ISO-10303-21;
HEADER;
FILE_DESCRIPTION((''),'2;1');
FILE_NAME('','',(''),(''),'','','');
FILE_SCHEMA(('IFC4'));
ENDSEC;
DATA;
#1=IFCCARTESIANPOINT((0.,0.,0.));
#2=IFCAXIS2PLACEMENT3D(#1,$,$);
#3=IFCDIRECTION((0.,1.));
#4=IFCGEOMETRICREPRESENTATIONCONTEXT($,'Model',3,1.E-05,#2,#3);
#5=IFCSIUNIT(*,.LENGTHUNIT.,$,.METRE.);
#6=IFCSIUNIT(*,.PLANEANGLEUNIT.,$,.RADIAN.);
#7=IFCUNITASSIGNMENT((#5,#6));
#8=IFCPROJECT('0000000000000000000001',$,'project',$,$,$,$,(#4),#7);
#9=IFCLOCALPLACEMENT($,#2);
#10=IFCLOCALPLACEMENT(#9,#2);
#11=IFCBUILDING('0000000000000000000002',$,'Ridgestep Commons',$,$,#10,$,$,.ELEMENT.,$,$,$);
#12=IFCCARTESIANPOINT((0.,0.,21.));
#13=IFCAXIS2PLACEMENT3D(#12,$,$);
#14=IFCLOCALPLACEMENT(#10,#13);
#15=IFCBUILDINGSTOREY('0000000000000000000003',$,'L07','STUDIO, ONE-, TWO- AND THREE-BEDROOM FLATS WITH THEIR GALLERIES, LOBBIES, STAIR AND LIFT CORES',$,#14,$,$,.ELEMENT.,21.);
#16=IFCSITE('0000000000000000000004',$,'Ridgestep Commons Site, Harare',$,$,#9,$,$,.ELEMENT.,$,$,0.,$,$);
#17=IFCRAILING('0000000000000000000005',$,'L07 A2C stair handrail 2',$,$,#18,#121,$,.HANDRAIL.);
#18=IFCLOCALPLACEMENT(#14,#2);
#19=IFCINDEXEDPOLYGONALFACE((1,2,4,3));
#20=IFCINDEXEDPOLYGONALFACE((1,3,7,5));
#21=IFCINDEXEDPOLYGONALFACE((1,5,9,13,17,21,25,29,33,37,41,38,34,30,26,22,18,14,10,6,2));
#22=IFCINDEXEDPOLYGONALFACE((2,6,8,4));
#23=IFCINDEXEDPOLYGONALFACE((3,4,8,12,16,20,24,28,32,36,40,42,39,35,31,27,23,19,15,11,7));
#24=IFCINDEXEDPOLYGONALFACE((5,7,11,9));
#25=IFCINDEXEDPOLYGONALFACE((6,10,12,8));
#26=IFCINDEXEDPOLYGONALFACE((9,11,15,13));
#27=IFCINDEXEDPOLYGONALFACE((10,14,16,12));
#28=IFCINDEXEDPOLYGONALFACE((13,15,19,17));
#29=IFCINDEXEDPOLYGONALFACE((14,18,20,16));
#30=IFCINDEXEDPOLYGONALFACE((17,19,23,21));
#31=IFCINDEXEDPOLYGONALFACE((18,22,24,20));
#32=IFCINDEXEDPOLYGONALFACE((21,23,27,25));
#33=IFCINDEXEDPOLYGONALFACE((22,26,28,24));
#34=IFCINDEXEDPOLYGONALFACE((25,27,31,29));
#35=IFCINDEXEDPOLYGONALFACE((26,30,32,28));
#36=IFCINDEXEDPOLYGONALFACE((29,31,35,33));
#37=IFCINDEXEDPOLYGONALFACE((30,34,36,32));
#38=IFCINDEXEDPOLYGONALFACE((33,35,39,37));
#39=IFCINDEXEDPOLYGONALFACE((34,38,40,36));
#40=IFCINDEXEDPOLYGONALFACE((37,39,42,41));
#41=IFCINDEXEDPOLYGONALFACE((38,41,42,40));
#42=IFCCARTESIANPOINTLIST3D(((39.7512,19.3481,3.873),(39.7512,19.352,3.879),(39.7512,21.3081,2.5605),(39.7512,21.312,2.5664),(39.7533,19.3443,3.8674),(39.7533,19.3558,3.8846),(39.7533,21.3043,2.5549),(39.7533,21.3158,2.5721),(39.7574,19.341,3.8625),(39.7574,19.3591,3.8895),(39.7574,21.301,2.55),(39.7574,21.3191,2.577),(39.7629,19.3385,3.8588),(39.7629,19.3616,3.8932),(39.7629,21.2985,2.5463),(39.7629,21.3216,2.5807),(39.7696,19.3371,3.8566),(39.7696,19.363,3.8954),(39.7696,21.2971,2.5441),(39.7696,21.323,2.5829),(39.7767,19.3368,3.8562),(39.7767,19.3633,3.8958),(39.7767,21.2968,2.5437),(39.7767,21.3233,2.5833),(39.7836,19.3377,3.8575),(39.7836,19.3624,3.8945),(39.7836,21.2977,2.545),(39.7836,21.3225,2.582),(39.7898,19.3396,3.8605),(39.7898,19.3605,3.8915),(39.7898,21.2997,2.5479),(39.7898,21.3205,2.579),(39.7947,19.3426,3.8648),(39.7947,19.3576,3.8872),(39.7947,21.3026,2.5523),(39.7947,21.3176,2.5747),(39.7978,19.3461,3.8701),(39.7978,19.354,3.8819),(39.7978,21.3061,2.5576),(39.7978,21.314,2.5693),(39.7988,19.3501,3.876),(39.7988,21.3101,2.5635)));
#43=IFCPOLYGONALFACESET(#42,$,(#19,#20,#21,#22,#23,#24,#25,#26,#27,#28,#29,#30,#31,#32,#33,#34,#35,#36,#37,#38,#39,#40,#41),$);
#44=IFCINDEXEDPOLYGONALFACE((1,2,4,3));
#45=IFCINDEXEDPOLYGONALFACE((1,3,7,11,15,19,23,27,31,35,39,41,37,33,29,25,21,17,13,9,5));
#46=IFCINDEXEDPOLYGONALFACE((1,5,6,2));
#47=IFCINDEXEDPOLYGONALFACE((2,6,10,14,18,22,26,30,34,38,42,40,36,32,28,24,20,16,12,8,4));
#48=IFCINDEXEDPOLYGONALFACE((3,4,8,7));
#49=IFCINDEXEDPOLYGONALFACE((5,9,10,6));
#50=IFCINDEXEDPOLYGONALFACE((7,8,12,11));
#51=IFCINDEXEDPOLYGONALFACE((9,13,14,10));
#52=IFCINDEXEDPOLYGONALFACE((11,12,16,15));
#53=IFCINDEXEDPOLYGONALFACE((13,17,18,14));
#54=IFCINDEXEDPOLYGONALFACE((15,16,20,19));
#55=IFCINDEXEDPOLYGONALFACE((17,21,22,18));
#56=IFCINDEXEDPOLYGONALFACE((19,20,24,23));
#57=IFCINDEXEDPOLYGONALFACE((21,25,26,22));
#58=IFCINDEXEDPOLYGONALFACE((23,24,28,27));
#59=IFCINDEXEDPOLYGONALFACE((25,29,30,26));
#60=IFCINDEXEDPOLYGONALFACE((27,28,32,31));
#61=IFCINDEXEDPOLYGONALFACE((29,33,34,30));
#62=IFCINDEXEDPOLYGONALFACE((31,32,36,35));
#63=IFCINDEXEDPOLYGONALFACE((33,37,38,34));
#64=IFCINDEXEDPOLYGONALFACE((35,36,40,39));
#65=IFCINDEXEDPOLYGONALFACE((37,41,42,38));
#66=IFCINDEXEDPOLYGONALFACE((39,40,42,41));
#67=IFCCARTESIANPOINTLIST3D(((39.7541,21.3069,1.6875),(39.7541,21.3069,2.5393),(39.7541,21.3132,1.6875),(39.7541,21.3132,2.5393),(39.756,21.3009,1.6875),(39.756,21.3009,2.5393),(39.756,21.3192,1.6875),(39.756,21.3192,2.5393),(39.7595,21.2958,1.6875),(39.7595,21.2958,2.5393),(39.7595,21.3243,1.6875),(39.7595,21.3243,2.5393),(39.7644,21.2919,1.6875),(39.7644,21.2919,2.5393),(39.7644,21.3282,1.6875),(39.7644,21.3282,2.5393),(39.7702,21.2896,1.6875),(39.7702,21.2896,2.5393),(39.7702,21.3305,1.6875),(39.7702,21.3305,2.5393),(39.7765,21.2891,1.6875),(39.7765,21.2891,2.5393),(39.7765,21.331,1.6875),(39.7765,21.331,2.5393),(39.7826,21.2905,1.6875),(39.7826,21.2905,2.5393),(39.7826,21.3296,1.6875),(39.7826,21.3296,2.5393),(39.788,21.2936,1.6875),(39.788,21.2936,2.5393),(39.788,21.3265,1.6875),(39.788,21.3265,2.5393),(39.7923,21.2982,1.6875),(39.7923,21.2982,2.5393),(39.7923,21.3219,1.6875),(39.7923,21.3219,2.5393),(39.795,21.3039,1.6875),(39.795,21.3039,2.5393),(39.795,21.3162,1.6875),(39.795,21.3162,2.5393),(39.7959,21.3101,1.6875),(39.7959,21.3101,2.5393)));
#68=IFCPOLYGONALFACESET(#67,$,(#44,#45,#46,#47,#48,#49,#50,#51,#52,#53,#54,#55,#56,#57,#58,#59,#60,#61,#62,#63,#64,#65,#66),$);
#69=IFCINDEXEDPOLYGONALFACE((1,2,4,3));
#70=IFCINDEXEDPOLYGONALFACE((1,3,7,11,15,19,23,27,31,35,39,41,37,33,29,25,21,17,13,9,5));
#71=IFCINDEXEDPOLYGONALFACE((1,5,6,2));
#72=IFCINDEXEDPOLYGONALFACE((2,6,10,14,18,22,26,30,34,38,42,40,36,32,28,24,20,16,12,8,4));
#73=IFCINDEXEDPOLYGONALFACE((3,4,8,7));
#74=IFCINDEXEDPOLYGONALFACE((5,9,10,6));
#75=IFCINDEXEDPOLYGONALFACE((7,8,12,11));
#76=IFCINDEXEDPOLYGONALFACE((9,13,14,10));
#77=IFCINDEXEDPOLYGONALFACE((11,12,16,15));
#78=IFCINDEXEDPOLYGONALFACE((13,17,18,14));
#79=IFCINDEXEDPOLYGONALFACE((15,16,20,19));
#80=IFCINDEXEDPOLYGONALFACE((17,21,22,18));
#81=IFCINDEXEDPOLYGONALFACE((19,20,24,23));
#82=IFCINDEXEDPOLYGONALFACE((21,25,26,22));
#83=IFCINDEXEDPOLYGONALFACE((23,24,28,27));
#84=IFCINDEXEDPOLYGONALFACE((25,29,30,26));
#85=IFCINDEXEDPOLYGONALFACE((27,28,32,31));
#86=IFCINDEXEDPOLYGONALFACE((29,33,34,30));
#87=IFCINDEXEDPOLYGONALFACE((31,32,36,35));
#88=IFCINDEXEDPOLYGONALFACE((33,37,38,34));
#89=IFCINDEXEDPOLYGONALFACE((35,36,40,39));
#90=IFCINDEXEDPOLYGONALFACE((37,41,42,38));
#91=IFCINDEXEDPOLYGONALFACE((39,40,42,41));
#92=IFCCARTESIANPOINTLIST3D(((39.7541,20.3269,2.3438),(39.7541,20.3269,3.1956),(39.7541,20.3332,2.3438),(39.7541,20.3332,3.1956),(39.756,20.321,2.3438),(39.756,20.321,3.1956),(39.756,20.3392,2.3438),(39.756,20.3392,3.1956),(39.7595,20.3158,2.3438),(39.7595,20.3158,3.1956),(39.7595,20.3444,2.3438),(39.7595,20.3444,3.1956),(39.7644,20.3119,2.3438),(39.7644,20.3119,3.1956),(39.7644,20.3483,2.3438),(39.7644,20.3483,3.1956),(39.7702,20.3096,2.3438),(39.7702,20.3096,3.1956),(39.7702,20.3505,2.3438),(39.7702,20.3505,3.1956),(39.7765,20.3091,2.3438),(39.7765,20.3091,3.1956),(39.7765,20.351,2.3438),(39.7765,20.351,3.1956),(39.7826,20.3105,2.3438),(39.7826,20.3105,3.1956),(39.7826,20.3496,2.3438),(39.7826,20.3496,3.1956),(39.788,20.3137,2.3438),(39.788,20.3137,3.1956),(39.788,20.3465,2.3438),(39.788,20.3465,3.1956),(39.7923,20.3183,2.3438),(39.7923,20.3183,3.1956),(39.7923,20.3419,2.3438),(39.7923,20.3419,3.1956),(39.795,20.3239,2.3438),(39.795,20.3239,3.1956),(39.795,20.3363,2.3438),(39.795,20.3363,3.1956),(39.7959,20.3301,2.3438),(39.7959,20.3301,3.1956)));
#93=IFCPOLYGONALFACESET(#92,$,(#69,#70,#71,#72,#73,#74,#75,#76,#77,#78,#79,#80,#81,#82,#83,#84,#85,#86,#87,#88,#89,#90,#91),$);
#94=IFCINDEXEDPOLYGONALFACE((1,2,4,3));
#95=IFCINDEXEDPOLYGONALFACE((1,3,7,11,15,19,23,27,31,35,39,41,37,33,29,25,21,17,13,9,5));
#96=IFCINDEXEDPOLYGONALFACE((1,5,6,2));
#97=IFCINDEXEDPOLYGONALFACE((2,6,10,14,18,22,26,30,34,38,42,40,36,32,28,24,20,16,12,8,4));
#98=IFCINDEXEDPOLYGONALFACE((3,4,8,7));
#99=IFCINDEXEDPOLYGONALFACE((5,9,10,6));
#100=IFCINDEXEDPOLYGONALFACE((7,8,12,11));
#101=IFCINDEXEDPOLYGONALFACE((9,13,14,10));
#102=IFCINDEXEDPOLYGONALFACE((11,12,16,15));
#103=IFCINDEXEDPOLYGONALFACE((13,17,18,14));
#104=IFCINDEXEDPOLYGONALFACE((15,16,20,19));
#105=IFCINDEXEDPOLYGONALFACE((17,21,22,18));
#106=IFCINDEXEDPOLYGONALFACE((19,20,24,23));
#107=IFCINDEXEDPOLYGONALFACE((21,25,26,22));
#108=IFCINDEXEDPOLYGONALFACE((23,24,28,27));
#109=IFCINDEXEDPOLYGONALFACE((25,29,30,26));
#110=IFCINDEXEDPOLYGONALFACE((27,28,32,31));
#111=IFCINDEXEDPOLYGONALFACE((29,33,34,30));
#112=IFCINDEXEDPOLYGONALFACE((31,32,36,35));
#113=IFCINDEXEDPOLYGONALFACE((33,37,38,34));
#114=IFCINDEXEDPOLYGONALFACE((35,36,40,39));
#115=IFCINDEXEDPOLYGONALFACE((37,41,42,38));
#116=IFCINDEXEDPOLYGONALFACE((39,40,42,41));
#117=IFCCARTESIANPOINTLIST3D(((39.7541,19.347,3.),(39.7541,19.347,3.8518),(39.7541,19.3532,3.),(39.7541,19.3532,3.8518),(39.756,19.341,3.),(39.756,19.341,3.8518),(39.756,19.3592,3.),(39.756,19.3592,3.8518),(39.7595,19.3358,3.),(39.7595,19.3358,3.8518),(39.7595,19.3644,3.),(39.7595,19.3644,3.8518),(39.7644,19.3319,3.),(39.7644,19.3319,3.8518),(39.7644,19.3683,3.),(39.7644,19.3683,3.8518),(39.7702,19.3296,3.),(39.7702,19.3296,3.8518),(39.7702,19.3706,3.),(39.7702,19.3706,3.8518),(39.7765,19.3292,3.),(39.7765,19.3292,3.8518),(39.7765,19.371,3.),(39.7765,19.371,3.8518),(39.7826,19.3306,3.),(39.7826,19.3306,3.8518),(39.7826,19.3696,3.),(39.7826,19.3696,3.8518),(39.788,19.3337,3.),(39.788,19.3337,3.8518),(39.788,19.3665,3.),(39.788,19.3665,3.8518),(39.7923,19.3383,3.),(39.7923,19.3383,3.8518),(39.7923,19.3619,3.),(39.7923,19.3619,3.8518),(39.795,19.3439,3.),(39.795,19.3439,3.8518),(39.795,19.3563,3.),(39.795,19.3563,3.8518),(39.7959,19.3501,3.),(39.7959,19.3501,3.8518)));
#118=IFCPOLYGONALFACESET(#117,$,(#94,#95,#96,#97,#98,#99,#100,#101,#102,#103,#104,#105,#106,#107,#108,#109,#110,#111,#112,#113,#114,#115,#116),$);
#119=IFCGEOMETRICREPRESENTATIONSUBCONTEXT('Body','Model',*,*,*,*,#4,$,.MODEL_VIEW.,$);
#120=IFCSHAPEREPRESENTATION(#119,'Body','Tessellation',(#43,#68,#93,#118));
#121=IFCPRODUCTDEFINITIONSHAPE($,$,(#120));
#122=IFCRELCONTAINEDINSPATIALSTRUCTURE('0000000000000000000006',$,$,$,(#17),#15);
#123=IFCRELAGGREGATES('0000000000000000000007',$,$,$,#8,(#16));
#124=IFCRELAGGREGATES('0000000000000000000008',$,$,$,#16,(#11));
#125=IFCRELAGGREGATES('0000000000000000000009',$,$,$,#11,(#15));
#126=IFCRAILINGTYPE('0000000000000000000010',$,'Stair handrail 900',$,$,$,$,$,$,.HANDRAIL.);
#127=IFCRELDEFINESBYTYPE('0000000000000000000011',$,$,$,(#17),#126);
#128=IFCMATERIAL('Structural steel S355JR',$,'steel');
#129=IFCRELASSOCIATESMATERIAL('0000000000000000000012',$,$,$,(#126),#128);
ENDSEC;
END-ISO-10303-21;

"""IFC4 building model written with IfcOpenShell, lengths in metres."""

from ifc_helpers import new_model, si_unit, direction, frame, origin, origin_2d, place, context, subcontext, project, spatial, circle, extrude, material, type_object, element, save


model = new_model("IFC4")

# Units and contexts
model_context = context("Model", 3, precision=1e-05, world=origin(), true_north=direction((0.0, 1.0)))
body_context = subcontext(model_context, "Body", "Model", "MODEL_VIEW")
ifc_project = project(units=[si_unit("LENGTHUNIT", "METRE"), si_unit("PLANEANGLEUNIT", "RADIAN")], contexts=[model_context])

# Site, building, storey
site_placement = place(None, origin())
site = spatial("IfcSite", under=ifc_project, at=site_placement, Name="Ridgestep Commons Site, Harare", CompositionType="ELEMENT", RefElevation=0.0)
building_placement = place(site_placement, origin())
building = spatial("IfcBuilding", under=site, at=building_placement, Name="Ridgestep Commons", CompositionType="ELEMENT")
storey_placement = place(building_placement, frame((0.0, 0.0, 21.0)))
storey = spatial("IfcBuildingStorey", under=building, at=storey_placement, Name="L07", Description="STUDIO, ONE-, TWO- AND THREE-BEDROOM FLATS WITH THEIR GALLERIES, LOBBIES, STAIR AND LIFT CORES", CompositionType="ELEMENT", Elevation=21.0)

# Railing
ifc_material_1 = material(Name="Structural steel S355JR", Category="steel")
railing_type_1 = type_object("IfcRailingType", Name="Stair handrail 900", PredefinedType="HANDRAIL", material=ifc_material_1)
railing_1_placement = place(storey_placement, frame((39.7749, 21.3101, 1.6875)))
element("IfcRailing", 1, at=railing_1_placement, inside=storey, type_object=railing_type_1, Name="L07 A2C stair handrail 2", PredefinedType="HANDRAIL", context=body_context, shape_type="SweptSolid", body=[
    extrude(circle(Radius=0.0239, at=origin_2d()), frame((0.0, 0.0, 0.876), z_axis=(0.0, -0.830902, 0.556419), x_axis=(1.0, 0.0, 0.0)), (0.0, 0.0, 1.0), 2.3589),
    extrude(circle(Radius=0.021, at=origin_2d()), origin(), (0.0, 0.0, 1.0), 0.8518),
    extrude(circle(Radius=0.021, at=origin_2d()), frame((0.0, -0.98, 0.6562)), (0.0, 0.0, 1.0), 0.8518),
    extrude(circle(Radius=0.021, at=origin_2d()), frame((0.0, -1.96, 1.3125)), (0.0, 0.0, 1.0), 0.8518),
])

save(model, "model.ifc")
